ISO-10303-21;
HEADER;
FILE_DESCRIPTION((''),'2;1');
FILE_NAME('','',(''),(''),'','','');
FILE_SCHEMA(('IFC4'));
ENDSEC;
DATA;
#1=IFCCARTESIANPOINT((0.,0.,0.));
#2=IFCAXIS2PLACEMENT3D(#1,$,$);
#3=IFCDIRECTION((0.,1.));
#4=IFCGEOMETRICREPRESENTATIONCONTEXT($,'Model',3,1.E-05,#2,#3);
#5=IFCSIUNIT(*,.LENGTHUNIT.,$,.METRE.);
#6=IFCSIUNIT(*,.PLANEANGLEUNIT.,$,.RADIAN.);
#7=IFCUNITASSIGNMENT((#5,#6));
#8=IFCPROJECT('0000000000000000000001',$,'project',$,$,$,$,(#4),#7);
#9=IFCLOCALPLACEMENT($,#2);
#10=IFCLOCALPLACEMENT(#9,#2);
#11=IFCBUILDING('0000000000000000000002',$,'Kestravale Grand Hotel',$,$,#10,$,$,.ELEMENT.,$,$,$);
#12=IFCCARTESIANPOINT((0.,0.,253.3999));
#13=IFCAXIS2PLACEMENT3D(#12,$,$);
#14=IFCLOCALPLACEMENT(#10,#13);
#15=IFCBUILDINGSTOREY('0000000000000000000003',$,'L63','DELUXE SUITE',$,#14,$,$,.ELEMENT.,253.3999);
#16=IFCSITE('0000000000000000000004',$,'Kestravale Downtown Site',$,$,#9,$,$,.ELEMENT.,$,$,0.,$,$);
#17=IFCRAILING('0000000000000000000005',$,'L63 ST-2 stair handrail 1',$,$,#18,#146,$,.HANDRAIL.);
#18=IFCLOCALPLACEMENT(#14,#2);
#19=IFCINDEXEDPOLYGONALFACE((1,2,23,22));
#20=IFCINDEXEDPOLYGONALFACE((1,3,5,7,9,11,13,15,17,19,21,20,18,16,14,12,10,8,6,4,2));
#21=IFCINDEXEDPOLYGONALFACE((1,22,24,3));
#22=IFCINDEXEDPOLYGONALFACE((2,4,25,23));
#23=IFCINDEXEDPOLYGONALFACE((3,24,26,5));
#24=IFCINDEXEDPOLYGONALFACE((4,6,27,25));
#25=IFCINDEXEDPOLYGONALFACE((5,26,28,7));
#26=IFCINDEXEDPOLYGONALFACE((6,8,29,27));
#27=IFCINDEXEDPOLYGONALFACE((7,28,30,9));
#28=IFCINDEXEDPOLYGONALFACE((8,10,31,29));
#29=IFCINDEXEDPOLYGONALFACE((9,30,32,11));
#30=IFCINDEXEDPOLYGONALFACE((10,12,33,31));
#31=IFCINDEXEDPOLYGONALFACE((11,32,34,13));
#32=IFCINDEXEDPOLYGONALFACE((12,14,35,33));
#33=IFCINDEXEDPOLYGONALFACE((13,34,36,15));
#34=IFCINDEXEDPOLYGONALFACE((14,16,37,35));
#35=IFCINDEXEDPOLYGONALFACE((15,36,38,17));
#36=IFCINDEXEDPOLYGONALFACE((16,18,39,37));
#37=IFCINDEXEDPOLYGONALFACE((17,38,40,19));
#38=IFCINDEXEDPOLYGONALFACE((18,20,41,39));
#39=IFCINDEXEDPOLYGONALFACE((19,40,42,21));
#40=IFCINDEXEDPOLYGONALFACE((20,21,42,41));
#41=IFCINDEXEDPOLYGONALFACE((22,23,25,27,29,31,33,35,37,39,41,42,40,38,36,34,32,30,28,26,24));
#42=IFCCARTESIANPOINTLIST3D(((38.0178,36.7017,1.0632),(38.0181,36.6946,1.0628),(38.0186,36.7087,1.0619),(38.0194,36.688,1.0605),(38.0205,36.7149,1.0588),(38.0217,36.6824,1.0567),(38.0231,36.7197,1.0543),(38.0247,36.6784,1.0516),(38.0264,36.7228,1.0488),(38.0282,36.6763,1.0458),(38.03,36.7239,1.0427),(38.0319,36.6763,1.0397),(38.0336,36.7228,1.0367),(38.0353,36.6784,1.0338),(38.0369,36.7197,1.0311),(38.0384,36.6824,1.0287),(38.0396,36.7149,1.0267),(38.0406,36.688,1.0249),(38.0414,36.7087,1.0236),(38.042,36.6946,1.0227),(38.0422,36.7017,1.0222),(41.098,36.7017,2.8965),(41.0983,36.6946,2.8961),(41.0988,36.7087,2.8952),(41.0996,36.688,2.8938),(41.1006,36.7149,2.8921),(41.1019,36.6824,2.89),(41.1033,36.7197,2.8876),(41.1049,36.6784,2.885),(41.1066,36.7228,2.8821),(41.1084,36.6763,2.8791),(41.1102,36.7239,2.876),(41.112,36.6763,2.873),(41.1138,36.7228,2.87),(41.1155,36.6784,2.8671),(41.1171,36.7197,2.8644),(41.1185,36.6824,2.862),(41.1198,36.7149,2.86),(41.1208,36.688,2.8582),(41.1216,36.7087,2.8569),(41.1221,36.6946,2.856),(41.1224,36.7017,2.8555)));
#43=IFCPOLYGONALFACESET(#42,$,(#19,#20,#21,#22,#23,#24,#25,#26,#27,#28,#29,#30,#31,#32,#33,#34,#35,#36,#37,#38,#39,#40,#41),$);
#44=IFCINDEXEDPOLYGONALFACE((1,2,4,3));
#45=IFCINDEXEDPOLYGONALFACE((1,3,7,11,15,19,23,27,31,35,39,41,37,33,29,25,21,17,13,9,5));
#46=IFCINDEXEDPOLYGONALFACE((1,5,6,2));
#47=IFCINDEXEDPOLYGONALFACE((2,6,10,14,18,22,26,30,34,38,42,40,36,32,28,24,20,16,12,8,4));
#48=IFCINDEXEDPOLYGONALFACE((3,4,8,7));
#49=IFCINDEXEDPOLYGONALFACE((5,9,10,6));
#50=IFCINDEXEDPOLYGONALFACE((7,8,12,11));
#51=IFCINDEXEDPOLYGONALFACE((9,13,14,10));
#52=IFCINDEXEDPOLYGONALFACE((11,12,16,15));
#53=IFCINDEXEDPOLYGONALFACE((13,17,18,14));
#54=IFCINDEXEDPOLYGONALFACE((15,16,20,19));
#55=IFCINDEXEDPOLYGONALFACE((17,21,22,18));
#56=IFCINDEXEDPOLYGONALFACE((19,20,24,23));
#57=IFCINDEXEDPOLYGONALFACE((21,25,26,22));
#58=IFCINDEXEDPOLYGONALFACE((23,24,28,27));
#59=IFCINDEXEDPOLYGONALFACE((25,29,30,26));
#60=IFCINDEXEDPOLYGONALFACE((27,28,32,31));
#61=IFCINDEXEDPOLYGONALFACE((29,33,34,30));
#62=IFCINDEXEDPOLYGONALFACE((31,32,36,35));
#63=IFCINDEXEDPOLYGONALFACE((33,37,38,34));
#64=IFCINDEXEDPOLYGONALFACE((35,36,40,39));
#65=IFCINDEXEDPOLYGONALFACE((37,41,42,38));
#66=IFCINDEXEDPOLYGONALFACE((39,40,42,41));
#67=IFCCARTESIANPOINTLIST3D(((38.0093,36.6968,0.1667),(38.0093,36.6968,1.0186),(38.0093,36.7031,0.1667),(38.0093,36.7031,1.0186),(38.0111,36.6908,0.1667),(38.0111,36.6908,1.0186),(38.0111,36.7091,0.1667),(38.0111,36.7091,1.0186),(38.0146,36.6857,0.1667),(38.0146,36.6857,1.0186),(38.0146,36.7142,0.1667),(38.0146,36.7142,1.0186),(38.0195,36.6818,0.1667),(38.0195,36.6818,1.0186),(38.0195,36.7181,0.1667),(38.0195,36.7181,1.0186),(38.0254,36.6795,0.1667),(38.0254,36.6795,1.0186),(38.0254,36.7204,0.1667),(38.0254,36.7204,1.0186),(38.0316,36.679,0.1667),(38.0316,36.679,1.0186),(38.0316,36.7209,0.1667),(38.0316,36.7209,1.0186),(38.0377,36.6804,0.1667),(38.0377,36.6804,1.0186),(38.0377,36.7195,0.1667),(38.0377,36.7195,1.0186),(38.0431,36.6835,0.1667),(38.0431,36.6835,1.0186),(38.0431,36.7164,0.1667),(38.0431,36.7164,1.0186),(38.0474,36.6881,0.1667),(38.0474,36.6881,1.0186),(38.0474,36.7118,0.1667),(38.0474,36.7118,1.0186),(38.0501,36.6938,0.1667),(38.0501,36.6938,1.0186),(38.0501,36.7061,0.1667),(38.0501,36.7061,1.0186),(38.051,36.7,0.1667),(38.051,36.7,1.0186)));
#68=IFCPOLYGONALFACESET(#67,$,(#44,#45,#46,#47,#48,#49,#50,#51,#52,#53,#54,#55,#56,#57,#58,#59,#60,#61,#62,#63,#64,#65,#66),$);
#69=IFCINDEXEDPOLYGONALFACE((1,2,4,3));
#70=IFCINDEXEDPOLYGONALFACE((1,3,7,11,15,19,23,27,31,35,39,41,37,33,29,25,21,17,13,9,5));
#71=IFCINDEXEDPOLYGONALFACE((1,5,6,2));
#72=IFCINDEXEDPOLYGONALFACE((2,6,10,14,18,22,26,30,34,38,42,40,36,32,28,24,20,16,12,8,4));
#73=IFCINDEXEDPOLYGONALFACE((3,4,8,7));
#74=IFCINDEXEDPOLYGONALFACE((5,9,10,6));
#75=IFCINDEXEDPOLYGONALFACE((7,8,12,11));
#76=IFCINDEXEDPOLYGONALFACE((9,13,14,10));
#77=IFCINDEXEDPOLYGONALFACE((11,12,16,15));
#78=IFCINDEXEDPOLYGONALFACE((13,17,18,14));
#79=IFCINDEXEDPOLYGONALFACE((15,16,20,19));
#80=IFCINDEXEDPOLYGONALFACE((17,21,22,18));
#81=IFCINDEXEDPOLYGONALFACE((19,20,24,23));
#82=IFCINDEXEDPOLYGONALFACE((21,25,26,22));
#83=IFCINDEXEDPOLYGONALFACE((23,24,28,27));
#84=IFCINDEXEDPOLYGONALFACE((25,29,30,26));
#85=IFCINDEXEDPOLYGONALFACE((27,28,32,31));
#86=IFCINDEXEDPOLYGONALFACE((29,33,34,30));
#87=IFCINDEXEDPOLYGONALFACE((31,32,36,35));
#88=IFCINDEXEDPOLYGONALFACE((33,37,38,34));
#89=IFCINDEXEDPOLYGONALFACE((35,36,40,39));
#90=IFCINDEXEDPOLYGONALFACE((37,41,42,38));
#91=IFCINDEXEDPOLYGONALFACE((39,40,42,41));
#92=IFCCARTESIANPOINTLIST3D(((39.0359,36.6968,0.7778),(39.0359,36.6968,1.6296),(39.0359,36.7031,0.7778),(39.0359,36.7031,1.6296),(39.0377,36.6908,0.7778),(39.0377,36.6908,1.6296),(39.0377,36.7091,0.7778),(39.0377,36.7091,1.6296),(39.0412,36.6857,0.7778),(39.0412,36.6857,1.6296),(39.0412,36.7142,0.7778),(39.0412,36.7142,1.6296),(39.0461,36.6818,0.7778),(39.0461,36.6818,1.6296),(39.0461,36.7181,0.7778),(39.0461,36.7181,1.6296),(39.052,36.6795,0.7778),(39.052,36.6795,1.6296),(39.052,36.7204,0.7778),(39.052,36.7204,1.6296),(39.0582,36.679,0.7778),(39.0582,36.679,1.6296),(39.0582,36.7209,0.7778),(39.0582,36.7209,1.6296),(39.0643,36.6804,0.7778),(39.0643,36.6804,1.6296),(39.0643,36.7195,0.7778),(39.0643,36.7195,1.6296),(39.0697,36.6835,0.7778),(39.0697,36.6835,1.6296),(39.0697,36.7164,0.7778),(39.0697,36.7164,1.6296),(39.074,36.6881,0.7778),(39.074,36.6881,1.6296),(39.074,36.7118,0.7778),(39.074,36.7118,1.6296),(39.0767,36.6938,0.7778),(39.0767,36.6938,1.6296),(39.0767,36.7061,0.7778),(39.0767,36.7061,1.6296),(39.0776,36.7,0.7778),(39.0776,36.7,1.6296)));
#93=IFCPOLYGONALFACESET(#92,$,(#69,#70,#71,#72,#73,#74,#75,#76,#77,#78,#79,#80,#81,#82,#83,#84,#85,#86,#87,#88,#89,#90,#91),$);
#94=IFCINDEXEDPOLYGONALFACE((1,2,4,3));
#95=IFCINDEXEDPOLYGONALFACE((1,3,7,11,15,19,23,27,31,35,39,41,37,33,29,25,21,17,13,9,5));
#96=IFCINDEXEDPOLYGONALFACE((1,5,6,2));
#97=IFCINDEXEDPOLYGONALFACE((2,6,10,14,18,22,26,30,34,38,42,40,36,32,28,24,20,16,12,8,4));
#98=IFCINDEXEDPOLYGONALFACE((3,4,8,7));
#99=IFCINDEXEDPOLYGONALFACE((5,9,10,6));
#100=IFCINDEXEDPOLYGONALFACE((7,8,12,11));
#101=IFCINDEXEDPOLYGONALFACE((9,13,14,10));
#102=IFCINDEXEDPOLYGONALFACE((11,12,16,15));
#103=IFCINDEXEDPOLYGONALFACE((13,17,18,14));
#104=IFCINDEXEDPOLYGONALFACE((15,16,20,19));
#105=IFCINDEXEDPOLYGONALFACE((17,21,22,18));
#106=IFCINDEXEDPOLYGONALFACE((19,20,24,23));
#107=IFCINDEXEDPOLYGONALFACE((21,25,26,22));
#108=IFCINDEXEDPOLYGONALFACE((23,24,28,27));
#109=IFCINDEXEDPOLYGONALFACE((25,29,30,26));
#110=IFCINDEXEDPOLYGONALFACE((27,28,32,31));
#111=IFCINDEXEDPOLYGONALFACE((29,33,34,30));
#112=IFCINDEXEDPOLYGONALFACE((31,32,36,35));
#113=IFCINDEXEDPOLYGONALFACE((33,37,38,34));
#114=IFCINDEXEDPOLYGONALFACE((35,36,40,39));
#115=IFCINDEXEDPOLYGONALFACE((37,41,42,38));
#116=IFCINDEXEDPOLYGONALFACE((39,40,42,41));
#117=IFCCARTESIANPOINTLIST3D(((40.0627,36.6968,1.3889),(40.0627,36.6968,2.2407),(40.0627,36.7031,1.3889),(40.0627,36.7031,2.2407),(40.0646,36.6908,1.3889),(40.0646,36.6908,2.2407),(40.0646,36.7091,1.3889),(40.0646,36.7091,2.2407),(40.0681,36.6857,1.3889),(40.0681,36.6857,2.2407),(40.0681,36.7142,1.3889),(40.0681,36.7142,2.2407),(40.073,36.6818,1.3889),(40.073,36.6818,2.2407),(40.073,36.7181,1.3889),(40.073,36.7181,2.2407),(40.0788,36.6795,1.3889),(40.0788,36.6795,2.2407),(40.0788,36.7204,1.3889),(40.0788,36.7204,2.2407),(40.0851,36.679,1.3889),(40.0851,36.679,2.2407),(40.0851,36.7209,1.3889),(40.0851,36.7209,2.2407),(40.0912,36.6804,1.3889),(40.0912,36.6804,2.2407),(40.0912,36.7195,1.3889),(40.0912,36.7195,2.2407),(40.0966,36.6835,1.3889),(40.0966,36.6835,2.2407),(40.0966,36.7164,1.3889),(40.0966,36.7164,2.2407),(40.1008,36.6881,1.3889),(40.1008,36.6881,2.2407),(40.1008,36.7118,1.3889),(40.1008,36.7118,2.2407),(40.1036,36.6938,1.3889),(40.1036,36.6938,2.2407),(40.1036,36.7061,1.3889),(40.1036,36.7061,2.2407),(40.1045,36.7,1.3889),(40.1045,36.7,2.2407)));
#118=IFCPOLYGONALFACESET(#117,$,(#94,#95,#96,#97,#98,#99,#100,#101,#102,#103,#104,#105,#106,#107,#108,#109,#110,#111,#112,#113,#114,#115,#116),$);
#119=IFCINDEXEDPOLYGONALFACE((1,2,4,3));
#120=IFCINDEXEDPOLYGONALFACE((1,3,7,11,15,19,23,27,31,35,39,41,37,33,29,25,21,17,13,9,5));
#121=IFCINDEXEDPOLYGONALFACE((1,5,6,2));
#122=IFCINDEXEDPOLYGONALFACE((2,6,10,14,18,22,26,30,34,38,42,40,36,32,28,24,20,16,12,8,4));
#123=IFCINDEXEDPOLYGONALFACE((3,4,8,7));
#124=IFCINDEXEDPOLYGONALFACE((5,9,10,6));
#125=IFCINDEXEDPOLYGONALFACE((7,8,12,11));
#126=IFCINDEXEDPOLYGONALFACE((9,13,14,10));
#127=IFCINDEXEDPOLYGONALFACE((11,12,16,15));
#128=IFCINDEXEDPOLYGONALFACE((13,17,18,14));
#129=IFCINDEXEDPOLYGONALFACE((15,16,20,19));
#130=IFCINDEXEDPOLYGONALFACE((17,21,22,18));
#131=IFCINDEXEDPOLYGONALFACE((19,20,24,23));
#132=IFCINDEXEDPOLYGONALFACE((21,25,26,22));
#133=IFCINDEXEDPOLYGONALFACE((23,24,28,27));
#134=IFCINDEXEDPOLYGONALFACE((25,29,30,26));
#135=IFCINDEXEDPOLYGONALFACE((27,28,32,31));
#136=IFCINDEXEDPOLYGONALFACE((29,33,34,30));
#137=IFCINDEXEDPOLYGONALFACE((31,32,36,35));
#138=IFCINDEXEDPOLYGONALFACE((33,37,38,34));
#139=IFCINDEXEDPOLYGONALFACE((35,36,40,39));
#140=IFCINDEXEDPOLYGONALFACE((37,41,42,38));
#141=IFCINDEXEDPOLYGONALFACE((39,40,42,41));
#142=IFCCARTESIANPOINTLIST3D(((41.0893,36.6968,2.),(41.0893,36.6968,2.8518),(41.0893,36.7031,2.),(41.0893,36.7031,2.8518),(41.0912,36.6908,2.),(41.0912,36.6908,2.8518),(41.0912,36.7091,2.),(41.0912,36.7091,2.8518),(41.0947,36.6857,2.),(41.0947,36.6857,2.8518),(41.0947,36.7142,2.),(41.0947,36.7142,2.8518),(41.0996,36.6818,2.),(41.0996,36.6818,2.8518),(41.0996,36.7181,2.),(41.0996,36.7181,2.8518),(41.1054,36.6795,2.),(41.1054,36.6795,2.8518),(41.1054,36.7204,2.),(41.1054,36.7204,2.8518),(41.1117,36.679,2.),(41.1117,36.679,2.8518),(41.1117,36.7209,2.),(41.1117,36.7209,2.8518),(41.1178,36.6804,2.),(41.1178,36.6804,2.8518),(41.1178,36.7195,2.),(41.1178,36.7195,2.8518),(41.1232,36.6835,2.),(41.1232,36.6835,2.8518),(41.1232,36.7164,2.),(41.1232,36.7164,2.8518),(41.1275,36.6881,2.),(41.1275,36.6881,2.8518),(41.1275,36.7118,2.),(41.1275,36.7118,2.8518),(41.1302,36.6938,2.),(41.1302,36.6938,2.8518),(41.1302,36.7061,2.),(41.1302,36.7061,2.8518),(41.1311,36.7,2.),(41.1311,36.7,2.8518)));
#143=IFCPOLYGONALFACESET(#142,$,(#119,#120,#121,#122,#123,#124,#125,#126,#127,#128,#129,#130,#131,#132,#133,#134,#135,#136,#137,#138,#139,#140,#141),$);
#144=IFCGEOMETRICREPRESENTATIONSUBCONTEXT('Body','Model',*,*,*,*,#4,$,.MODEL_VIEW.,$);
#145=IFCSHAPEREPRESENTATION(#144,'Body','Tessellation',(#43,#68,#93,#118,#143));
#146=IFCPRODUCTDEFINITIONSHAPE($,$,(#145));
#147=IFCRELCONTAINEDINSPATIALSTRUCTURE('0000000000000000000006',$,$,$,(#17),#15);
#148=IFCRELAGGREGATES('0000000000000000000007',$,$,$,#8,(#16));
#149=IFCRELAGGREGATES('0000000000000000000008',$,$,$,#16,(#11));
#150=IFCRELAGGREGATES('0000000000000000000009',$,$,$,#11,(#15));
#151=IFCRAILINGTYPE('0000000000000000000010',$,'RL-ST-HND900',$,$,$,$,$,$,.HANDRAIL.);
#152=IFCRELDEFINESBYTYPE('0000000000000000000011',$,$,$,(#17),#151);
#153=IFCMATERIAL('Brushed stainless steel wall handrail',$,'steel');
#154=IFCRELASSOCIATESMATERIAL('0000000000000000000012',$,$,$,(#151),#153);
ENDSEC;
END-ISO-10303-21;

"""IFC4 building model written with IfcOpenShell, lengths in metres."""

from ifc_helpers import new_model, si_unit, direction, frame, origin, origin_2d, place, context, subcontext, project, spatial, circle, extrude, material, type_object, element, save


model = new_model("IFC4")

# Units and contexts
model_context = context("Model", 3, precision=1e-05, world=origin(), true_north=direction((0.0, 1.0)))
body_context = subcontext(model_context, "Body", "Model", "MODEL_VIEW")
ifc_project = project(units=[si_unit("LENGTHUNIT", "METRE"), si_unit("PLANEANGLEUNIT", "RADIAN")], contexts=[model_context])

# Site, building, storey
site_placement = place(None, origin())
site = spatial("IfcSite", under=ifc_project, at=site_placement, Name="Kestravale Downtown Site", CompositionType="ELEMENT", RefElevation=0.0)
building_placement = place(site_placement, origin())
building = spatial("IfcBuilding", under=site, at=building_placement, Name="Kestravale Grand Hotel", CompositionType="ELEMENT")
storey_placement = place(building_placement, frame((0.0, 0.0, 253.3999)))
storey = spatial("IfcBuildingStorey", under=building, at=storey_placement, Name="L63", Description="DELUXE SUITE", CompositionType="ELEMENT", Elevation=253.3999)

# Railing
ifc_material_1 = material(Name="Brushed stainless steel wall handrail", Category="steel")
railing_type_1 = type_object("IfcRailingType", Name="RL-ST-HND900", PredefinedType="HANDRAIL", material=ifc_material_1)
railing_1_placement = place(storey_placement, frame((38.03, 36.7, 0.1667)))
element("IfcRailing", 1, at=railing_1_placement, inside=storey, type_object=railing_type_1, Name="L63 ST-2 stair handrail 1", PredefinedType="HANDRAIL", context=body_context, shape_type="SweptSolid", body=[
    extrude(circle(Radius=0.0239, at=origin_2d()), frame((0.0, 0.0, 0.876), z_axis=(0.859309, 0.0, 0.511458), x_axis=(0.0, 1.0, 0.0)), (0.0, 0.0, 1.0), 3.5845),
    extrude(circle(Radius=0.021, at=origin_2d()), origin(), (0.0, 0.0, 1.0), 0.8518),
    extrude(circle(Radius=0.021, at=origin_2d()), frame((1.0266, 0.0, 0.6111)), (0.0, 0.0, 1.0), 0.8518),
    extrude(circle(Radius=0.021, at=origin_2d()), frame((2.0535, 0.0, 1.2222)), (0.0, 0.0, 1.0), 0.8518),
    extrude(circle(Radius=0.021, at=origin_2d()), frame((3.0801, 0.0, 1.8333)), (0.0, 0.0, 1.0), 0.8518),
])

save(model, "model.ifc")
